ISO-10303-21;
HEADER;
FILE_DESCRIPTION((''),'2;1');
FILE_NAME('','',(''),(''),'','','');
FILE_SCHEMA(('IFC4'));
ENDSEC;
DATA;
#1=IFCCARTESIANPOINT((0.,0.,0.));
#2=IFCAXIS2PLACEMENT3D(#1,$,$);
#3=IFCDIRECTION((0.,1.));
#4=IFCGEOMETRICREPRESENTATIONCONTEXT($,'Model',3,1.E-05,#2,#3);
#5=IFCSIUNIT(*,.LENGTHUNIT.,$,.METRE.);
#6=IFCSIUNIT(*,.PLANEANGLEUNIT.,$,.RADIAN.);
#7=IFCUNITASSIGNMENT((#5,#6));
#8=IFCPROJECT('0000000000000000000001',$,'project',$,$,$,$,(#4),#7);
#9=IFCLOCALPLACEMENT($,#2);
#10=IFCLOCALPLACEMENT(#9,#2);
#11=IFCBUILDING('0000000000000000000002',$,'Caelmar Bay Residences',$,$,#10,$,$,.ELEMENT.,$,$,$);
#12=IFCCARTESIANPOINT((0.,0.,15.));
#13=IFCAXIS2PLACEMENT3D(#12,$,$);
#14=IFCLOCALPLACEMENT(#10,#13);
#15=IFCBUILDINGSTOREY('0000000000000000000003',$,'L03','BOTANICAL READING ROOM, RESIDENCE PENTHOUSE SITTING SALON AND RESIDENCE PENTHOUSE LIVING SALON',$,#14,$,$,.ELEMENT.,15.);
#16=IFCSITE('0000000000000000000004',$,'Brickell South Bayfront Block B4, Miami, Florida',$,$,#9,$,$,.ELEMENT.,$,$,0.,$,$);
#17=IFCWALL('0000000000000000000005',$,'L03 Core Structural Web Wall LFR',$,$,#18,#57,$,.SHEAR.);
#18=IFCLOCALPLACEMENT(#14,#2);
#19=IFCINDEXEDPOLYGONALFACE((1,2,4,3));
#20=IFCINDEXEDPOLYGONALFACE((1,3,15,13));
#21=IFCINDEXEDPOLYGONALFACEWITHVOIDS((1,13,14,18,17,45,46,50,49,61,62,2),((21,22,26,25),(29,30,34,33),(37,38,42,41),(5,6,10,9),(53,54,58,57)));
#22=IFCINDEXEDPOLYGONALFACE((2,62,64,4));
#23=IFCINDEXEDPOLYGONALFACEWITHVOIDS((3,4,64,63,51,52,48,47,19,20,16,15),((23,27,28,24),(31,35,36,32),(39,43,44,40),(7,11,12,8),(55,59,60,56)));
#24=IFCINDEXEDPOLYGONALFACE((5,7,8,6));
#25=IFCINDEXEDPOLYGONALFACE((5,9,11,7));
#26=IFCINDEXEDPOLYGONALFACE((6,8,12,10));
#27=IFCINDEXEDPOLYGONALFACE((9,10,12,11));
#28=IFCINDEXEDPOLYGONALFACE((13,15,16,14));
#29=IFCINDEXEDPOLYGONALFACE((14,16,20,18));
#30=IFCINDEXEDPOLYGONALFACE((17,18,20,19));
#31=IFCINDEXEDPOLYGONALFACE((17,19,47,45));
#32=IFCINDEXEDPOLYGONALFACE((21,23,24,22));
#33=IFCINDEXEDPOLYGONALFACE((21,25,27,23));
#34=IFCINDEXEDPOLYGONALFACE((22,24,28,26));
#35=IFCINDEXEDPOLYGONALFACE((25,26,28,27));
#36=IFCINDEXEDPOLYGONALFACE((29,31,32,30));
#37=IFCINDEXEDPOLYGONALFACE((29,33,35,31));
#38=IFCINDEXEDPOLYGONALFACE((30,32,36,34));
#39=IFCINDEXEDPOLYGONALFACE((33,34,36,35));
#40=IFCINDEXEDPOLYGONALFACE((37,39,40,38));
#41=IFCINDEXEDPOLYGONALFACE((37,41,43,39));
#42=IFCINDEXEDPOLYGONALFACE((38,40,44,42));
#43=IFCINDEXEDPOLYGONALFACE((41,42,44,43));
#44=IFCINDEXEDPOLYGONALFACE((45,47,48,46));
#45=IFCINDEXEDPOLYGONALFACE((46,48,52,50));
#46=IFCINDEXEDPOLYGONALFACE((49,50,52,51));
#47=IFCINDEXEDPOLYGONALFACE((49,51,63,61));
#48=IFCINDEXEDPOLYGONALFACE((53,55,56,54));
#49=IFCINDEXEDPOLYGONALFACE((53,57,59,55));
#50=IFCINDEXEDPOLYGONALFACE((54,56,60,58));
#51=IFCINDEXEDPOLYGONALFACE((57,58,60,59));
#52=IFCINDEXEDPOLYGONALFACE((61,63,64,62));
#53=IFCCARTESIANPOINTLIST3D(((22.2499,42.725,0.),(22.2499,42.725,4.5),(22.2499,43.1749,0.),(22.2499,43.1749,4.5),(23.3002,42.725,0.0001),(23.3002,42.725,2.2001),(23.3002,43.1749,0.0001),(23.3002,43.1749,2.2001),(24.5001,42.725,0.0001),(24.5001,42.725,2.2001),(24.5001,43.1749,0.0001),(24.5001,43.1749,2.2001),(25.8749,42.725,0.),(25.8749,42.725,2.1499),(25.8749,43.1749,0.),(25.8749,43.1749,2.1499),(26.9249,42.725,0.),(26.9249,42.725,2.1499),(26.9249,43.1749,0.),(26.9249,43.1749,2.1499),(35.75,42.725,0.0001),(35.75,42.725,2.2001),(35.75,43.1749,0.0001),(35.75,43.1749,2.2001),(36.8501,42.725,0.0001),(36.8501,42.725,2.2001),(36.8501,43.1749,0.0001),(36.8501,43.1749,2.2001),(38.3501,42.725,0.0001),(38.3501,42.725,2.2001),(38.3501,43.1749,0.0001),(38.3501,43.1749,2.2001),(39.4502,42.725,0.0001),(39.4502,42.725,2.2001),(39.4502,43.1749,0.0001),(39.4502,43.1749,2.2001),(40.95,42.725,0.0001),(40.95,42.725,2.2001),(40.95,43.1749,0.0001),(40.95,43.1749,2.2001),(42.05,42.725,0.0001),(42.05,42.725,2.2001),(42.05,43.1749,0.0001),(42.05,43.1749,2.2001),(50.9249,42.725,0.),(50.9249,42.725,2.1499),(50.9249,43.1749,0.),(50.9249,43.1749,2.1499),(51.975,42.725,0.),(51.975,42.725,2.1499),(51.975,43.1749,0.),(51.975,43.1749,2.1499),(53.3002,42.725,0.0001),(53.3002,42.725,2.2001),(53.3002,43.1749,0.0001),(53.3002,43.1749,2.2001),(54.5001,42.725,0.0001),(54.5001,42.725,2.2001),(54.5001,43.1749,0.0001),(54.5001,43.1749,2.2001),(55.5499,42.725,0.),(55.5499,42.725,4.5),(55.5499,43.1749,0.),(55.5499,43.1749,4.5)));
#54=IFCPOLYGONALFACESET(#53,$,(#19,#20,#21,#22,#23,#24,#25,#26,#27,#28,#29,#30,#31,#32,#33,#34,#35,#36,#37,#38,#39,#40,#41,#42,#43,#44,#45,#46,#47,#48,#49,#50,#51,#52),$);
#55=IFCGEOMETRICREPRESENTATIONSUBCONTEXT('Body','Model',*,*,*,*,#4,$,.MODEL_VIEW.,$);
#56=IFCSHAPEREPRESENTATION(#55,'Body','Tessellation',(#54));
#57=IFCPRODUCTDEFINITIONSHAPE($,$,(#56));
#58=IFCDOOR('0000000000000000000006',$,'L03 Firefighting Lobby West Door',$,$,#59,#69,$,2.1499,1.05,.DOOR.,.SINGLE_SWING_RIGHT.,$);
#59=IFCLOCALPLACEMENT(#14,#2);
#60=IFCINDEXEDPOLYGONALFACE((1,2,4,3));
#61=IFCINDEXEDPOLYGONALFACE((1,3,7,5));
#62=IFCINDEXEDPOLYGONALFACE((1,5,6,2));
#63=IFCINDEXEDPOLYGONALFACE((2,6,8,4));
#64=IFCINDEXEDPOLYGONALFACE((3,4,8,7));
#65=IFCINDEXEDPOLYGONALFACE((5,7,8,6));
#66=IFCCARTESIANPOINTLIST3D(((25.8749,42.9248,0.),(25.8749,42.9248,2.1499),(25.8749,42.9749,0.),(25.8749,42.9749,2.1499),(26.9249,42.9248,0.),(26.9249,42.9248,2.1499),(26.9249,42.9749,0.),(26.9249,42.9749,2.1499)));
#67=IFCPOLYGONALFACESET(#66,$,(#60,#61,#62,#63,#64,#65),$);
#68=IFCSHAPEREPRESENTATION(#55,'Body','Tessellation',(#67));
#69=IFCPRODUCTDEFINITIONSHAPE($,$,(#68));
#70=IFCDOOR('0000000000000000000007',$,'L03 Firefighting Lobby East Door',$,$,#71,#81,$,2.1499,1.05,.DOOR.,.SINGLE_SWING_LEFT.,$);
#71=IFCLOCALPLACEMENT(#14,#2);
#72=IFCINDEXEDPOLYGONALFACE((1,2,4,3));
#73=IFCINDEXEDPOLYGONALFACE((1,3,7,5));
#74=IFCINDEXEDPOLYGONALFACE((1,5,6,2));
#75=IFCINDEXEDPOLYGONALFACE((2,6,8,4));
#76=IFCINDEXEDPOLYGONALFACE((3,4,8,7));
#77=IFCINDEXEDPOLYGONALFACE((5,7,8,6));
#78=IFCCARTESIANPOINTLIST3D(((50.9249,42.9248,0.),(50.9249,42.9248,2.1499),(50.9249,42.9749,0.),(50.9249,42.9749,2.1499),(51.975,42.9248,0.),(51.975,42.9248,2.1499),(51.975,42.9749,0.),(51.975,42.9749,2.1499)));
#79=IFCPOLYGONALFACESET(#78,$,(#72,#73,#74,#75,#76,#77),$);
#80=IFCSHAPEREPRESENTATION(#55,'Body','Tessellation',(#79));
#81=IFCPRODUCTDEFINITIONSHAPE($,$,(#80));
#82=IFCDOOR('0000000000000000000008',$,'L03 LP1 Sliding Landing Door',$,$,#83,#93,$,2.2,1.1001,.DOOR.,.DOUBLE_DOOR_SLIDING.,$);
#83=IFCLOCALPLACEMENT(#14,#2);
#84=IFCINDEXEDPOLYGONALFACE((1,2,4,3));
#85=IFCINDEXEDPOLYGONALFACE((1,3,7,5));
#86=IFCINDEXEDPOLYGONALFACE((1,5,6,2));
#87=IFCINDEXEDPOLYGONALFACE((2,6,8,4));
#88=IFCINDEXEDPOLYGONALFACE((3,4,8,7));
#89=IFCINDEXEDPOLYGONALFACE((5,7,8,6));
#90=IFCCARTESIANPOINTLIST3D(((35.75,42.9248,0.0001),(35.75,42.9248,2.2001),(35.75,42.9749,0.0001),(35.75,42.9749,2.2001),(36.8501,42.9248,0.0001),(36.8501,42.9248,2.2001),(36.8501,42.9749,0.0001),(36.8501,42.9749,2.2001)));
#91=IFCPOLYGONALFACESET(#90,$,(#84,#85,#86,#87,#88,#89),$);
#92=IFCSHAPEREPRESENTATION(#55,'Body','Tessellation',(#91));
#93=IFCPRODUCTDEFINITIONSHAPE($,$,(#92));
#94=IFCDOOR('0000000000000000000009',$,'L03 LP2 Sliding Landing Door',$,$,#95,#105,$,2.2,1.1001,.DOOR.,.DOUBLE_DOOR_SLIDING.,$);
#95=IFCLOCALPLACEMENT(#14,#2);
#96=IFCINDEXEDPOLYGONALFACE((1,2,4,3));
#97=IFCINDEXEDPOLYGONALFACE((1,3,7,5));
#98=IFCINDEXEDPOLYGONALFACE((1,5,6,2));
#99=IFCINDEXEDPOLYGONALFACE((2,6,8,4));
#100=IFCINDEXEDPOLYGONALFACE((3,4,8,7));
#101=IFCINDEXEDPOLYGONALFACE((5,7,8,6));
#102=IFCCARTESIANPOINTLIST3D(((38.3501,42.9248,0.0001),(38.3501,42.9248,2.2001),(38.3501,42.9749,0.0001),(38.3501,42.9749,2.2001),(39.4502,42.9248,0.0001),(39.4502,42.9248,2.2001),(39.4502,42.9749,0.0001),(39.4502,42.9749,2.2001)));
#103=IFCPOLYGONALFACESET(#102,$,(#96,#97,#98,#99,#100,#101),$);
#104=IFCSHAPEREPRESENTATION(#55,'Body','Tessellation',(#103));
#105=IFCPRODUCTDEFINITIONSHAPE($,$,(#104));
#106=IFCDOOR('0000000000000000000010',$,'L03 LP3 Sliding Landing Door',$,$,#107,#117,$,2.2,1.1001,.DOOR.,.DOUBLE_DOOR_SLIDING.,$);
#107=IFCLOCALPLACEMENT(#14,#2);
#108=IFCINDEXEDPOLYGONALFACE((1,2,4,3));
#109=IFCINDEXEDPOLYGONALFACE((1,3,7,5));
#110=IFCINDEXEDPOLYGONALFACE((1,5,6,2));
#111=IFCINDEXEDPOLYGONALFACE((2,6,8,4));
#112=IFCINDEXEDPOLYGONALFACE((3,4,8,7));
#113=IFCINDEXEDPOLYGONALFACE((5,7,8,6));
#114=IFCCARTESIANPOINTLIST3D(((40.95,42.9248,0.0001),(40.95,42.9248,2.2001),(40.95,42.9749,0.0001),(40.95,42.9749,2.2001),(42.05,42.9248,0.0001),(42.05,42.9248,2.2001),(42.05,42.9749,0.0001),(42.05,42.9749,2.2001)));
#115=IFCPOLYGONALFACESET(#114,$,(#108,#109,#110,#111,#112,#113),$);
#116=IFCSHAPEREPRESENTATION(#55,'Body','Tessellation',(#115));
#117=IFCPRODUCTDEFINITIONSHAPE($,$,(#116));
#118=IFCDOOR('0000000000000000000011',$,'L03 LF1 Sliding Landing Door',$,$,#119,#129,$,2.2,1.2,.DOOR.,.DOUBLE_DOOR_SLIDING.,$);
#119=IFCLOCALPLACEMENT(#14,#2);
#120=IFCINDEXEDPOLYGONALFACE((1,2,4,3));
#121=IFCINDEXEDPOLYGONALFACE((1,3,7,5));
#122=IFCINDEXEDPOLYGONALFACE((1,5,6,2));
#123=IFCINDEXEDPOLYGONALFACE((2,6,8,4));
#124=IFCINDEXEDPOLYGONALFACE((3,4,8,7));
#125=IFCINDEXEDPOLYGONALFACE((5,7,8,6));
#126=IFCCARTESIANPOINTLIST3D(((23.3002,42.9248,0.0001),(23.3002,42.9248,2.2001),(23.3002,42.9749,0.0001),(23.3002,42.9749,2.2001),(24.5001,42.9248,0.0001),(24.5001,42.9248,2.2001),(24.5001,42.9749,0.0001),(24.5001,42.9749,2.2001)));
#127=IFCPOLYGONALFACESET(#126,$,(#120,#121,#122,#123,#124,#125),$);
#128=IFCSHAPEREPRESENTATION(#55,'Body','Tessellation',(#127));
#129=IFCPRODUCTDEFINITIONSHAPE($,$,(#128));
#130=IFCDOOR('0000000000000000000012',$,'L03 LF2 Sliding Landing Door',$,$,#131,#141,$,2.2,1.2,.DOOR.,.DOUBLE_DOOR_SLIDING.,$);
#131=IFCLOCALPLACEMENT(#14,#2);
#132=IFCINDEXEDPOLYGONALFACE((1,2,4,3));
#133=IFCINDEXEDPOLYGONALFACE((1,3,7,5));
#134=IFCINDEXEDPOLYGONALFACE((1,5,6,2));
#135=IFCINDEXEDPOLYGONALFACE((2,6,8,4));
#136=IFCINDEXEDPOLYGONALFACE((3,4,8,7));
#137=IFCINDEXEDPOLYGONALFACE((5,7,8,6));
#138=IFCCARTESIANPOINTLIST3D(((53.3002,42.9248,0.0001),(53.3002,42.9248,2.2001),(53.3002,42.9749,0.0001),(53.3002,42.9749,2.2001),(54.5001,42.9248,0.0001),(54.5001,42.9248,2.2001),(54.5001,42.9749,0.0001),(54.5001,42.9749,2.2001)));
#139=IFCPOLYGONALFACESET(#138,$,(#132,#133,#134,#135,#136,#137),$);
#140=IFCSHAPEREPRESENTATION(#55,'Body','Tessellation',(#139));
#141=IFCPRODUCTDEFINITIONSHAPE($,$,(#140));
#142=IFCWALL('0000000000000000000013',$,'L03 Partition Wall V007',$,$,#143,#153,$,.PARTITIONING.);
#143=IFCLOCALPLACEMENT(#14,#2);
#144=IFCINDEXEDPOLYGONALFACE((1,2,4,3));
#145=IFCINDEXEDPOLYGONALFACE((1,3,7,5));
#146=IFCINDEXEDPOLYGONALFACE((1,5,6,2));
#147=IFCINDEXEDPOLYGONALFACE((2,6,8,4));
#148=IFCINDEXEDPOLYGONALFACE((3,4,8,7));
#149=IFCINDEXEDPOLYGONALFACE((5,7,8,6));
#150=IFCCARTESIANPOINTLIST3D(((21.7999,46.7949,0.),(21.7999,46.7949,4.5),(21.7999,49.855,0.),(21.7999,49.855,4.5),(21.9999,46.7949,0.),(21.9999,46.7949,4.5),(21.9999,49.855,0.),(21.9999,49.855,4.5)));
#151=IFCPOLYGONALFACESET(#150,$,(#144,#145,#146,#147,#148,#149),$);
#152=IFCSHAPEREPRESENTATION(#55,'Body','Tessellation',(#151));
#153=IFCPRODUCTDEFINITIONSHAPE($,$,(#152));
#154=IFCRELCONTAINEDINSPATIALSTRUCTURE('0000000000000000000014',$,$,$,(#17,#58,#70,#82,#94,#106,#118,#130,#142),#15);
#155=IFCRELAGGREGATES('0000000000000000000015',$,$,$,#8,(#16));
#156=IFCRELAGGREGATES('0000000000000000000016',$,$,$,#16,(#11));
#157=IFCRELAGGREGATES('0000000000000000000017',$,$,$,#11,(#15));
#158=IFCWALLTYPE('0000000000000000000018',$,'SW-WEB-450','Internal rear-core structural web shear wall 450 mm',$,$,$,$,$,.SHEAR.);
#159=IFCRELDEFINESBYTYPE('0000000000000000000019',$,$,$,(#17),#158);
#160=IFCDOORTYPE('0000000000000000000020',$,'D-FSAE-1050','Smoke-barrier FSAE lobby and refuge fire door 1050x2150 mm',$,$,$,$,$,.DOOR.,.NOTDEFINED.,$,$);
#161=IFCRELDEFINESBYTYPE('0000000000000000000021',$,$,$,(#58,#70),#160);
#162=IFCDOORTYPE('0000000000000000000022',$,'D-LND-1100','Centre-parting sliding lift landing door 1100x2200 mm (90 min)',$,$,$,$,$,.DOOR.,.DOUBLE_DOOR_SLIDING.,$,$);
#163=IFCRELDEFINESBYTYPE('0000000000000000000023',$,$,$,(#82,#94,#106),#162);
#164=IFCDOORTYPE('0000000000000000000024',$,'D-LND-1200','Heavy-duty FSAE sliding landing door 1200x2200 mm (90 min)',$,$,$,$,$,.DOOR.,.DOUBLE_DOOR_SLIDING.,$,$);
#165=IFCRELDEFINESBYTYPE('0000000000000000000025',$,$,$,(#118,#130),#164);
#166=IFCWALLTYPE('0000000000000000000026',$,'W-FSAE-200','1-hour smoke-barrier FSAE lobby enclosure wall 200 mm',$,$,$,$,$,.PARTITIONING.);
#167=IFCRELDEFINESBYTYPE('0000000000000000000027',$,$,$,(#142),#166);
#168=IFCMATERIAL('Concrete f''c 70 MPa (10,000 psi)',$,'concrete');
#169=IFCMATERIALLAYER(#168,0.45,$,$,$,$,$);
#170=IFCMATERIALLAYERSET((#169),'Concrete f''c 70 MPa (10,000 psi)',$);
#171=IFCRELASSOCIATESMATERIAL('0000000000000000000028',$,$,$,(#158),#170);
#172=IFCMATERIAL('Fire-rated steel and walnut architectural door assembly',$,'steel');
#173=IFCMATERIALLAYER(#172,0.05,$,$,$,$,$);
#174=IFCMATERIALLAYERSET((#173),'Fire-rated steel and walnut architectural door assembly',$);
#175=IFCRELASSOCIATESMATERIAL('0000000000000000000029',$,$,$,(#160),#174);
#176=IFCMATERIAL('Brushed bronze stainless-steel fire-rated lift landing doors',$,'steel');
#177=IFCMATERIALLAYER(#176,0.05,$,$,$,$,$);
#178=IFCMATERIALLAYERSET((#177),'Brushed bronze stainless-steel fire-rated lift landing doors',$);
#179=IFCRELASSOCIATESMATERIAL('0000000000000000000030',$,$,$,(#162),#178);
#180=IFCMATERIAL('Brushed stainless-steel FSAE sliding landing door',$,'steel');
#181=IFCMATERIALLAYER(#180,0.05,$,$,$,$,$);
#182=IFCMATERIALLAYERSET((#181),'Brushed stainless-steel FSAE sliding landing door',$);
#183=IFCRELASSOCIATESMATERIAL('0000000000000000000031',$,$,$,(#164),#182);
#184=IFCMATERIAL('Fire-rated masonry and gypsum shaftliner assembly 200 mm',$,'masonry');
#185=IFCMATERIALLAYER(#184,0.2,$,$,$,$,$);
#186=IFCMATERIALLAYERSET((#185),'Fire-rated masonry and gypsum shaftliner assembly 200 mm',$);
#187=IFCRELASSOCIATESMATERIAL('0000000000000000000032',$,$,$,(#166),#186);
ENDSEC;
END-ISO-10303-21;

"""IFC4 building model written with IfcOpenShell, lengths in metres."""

from ifc_helpers import new_model, si_unit, direction, frame, frame_2d, origin, place, context, subcontext, project, spatial, rectangle, extrude, material, layer, layer_set, type_object, element, fill, save


model = new_model("IFC4")

# Units and contexts
model_context = context("Model", 3, precision=1e-05, world=origin(), true_north=direction((0.0, 1.0)))
body_context = subcontext(model_context, "Body", "Model", "MODEL_VIEW")
ifc_project = project(units=[si_unit("LENGTHUNIT", "METRE"), si_unit("PLANEANGLEUNIT", "RADIAN")], contexts=[model_context])

# Site, building, storey
site_placement = place(None, origin())
site = spatial("IfcSite", under=ifc_project, at=site_placement, Name="Brickell South Bayfront Block B4, Miami, Florida", CompositionType="ELEMENT", RefElevation=0.0)
building_placement = place(site_placement, origin())
building = spatial("IfcBuilding", under=site, at=building_placement, Name="Caelmar Bay Residences", CompositionType="ELEMENT")
storey_placement = place(building_placement, frame((0.0, 0.0, 15.0)))
storey = spatial("IfcBuildingStorey", under=building, at=storey_placement, Name="L03", Description="BOTANICAL READING ROOM, RESIDENCE PENTHOUSE SITTING SALON AND RESIDENCE PENTHOUSE LIVING SALON", CompositionType="ELEMENT", Elevation=15.0)

# Shared definitions
ifc_material_1 = material(Name="Fire-rated steel and walnut architectural door assembly", Category="steel")

# Shared definitions
ifc_material_2 = material(Name="Concrete f'c 70 MPa (10,000 psi)", Category="concrete")
ifc_layer_1 = layer(ifc_material_2, 0.45)
ifc_layer_set_1 = layer_set([ifc_layer_1], Name="Concrete f'c 70 MPa (10,000 psi)")
wall_type_1 = type_object("IfcWallType", Name="SW-WEB-450", Description="Internal rear-core structural web shear wall 450 mm", PredefinedType="SHEAR", material=ifc_layer_set_1)

# Wall, openings, doors
wall_1_placement = place(storey_placement, frame((22.25, 42.95, 0.0), z_axis=(0.0, 0.0, 1.0), x_axis=(1.0, 0.0, 0.0)))
wall_1 = element("IfcWall", 1, at=wall_1_placement, inside=storey, type_object=wall_type_1, Name="L03 Core Structural Web Wall LFR", PredefinedType="SHEAR", context=body_context, shape_type="SweptSolid", body=[
    extrude(rectangle(XDim=33.3, YDim=0.45, at=frame_2d((16.6499, 0.0))), origin(), (0.0, 0.0, 1.0), 4.5),
])
opening_1_placement = place(wall_1_placement, frame((1.05, 0.0, 0.0)))
opening_1 = element("IfcOpeningElement", 2, at=opening_1_placement, cuts=wall_1, PredefinedType="OPENING", context=body_context, shape_type="SweptSolid", body=[
    extrude(rectangle(XDim=1.2, YDim=2.2, at=frame_2d((0.6001, 1.1001))), frame((0.0, 0.2349, 0.0), z_axis=(0.0, -1.0, 0.0), x_axis=(1.0, 0.0, 0.0)), (0.0, 0.0, 1.0), 0.47),
])
opening_2_placement = place(wall_1_placement, frame((31.05, 0.0, 0.0)))
opening_2 = element("IfcOpeningElement", 3, at=opening_2_placement, cuts=wall_1, PredefinedType="OPENING", context=body_context, shape_type="SweptSolid", body=[
    extrude(rectangle(XDim=1.2, YDim=2.2, at=frame_2d((0.6001, 1.1001))), frame((0.0, 0.2349, 0.0), z_axis=(0.0, -1.0, 0.0), x_axis=(1.0, 0.0, 0.0)), (0.0, 0.0, 1.0), 0.47),
])
opening_3_placement = place(wall_1_placement, frame((13.5, 0.0, 0.0)))
opening_3 = element("IfcOpeningElement", 4, at=opening_3_placement, cuts=wall_1, PredefinedType="OPENING", context=body_context, shape_type="SweptSolid", body=[
    extrude(rectangle(XDim=1.1001, YDim=2.2, at=frame_2d((0.55, 1.1001))), frame((0.0, 0.2349, 0.0), z_axis=(0.0, -1.0, 0.0), x_axis=(1.0, 0.0, 0.0)), (0.0, 0.0, 1.0), 0.47),
])
opening_4_placement = place(wall_1_placement, frame((16.1001, 0.0, 0.0)))
opening_4 = element("IfcOpeningElement", 5, at=opening_4_placement, cuts=wall_1, PredefinedType="OPENING", context=body_context, shape_type="SweptSolid", body=[
    extrude(rectangle(XDim=1.1001, YDim=2.2, at=frame_2d((0.55, 1.1001))), frame((0.0, 0.2349, 0.0), z_axis=(0.0, -1.0, 0.0), x_axis=(1.0, 0.0, 0.0)), (0.0, 0.0, 1.0), 0.47),
])
opening_5_placement = place(wall_1_placement, frame((18.7, 0.0, 0.0)))
opening_5 = element("IfcOpeningElement", 6, at=opening_5_placement, cuts=wall_1, PredefinedType="OPENING", context=body_context, shape_type="SweptSolid", body=[
    extrude(rectangle(XDim=1.1001, YDim=2.2, at=frame_2d((0.55, 1.1001))), frame((0.0, 0.2349, 0.0), z_axis=(0.0, -1.0, 0.0), x_axis=(1.0, 0.0, 0.0)), (0.0, 0.0, 1.0), 0.47),
])
opening_6_placement = place(wall_1_placement, frame((3.625, 0.0, 0.0)))
opening_6 = element("IfcOpeningElement", 7, at=opening_6_placement, cuts=wall_1, PredefinedType="OPENING", context=body_context, shape_type="SweptSolid", body=[
    extrude(rectangle(XDim=1.05, YDim=2.1499, at=frame_2d((0.5249, 1.075))), frame((0.0, 0.2349, 0.0), z_axis=(0.0, -1.0, 0.0), x_axis=(1.0, 0.0, 0.0)), (0.0, 0.0, 1.0), 0.47),
])
opening_7_placement = place(wall_1_placement, frame((28.675, 0.0, 0.0)))
opening_7 = element("IfcOpeningElement", 8, at=opening_7_placement, cuts=wall_1, PredefinedType="OPENING", context=body_context, shape_type="SweptSolid", body=[
    extrude(rectangle(XDim=1.05, YDim=2.1499, at=frame_2d((0.5249, 1.075))), frame((0.0, 0.2349, 0.0), z_axis=(0.0, -1.0, 0.0), x_axis=(1.0, 0.0, 0.0)), (0.0, 0.0, 1.0), 0.47),
])
ifc_layer_2 = layer(ifc_material_1, 0.05)
ifc_layer_set_2 = layer_set([ifc_layer_2], Name="Fire-rated steel and walnut architectural door assembly")
door_type_1 = type_object("IfcDoorType", Name="D-FSAE-1050", Description="Smoke-barrier FSAE lobby and refuge fire door 1050x2150 mm", OperationType="NOTDEFINED", PredefinedType="DOOR", material=ifc_layer_set_2)
door_1_placement = place(opening_6_placement, origin())
door_1 = element("IfcDoor", 9, at=door_1_placement, inside=storey, type_object=door_type_1, Name="L03 Firefighting Lobby West Door", OperationType="SINGLE_SWING_RIGHT", OverallHeight=2.1499, OverallWidth=1.05, PredefinedType="DOOR", context=body_context, shape_type="SweptSolid", body=[
    extrude(rectangle(XDim=1.05, YDim=2.1499, at=frame_2d((0.5249, 1.075))), frame((0.0, 0.0249, 0.0), z_axis=(0.0, -1.0, 0.0), x_axis=(1.0, 0.0, 0.0)), (0.0, 0.0, 1.0), 0.05),
])
fill(opening_6, door_1)
door_2_placement = place(opening_7_placement, origin())
door_2 = element("IfcDoor", 10, at=door_2_placement, inside=storey, type_object=door_type_1, Name="L03 Firefighting Lobby East Door", OperationType="SINGLE_SWING_LEFT", OverallHeight=2.1499, OverallWidth=1.05, PredefinedType="DOOR", context=body_context, shape_type="SweptSolid", body=[
    extrude(rectangle(XDim=1.05, YDim=2.1499, at=frame_2d((0.5249, 1.075))), frame((0.0, 0.0249, 0.0), z_axis=(0.0, -1.0, 0.0), x_axis=(1.0, 0.0, 0.0)), (0.0, 0.0, 1.0), 0.05),
])
fill(opening_7, door_2)
ifc_material_3 = material(Name="Brushed bronze stainless-steel fire-rated lift landing doors", Category="steel")
ifc_layer_3 = layer(ifc_material_3, 0.05)
ifc_layer_set_3 = layer_set([ifc_layer_3], Name="Brushed bronze stainless-steel fire-rated lift landing doors")
door_type_2 = type_object("IfcDoorType", Name="D-LND-1100", Description="Centre-parting sliding lift landing door 1100x2200 mm (90 min)", OperationType="DOUBLE_DOOR_SLIDING", PredefinedType="DOOR", material=ifc_layer_set_3)
door_3_placement = place(opening_3_placement, origin())
door_3 = element("IfcDoor", 11, at=door_3_placement, inside=storey, type_object=door_type_2, Name="L03 LP1 Sliding Landing Door", OperationType="DOUBLE_DOOR_SLIDING", OverallHeight=2.2, OverallWidth=1.1001, PredefinedType="DOOR", context=body_context, shape_type="SweptSolid", body=[
    extrude(rectangle(XDim=1.1001, YDim=2.2, at=frame_2d((0.55, 1.1001))), frame((0.0, 0.0249, 0.0), z_axis=(0.0, -1.0, 0.0), x_axis=(1.0, 0.0, 0.0)), (0.0, 0.0, 1.0), 0.05),
])
fill(opening_3, door_3)
door_4_placement = place(opening_4_placement, origin())
door_4 = element("IfcDoor", 12, at=door_4_placement, inside=storey, type_object=door_type_2, Name="L03 LP2 Sliding Landing Door", OperationType="DOUBLE_DOOR_SLIDING", OverallHeight=2.2, OverallWidth=1.1001, PredefinedType="DOOR", context=body_context, shape_type="SweptSolid", body=[
    extrude(rectangle(XDim=1.1001, YDim=2.2, at=frame_2d((0.55, 1.1001))), frame((0.0, 0.0249, 0.0), z_axis=(0.0, -1.0, 0.0), x_axis=(1.0, 0.0, 0.0)), (0.0, 0.0, 1.0), 0.05),
])
fill(opening_4, door_4)
door_5_placement = place(opening_5_placement, origin())
door_5 = element("IfcDoor", 13, at=door_5_placement, inside=storey, type_object=door_type_2, Name="L03 LP3 Sliding Landing Door", OperationType="DOUBLE_DOOR_SLIDING", OverallHeight=2.2, OverallWidth=1.1001, PredefinedType="DOOR", context=body_context, shape_type="SweptSolid", body=[
    extrude(rectangle(XDim=1.1001, YDim=2.2, at=frame_2d((0.55, 1.1001))), frame((0.0, 0.0249, 0.0), z_axis=(0.0, -1.0, 0.0), x_axis=(1.0, 0.0, 0.0)), (0.0, 0.0, 1.0), 0.05),
])
fill(opening_5, door_5)
ifc_material_4 = material(Name="Brushed stainless-steel FSAE sliding landing door", Category="steel")
ifc_layer_4 = layer(ifc_material_4, 0.05)
ifc_layer_set_4 = layer_set([ifc_layer_4], Name="Brushed stainless-steel FSAE sliding landing door")
door_type_3 = type_object("IfcDoorType", Name="D-LND-1200", Description="Heavy-duty FSAE sliding landing door 1200x2200 mm (90 min)", OperationType="DOUBLE_DOOR_SLIDING", PredefinedType="DOOR", material=ifc_layer_set_4)
door_6_placement = place(opening_1_placement, origin())
door_6 = element("IfcDoor", 14, at=door_6_placement, inside=storey, type_object=door_type_3, Name="L03 LF1 Sliding Landing Door", OperationType="DOUBLE_DOOR_SLIDING", OverallHeight=2.2, OverallWidth=1.2, PredefinedType="DOOR", context=body_context, shape_type="SweptSolid", body=[
    extrude(rectangle(XDim=1.2, YDim=2.2, at=frame_2d((0.6001, 1.1001))), frame((0.0, 0.0249, 0.0), z_axis=(0.0, -1.0, 0.0), x_axis=(1.0, 0.0, 0.0)), (0.0, 0.0, 1.0), 0.05),
])
fill(opening_1, door_6)
door_7_placement = place(opening_2_placement, origin())
door_7 = element("IfcDoor", 15, at=door_7_placement, inside=storey, type_object=door_type_3, Name="L03 LF2 Sliding Landing Door", OperationType="DOUBLE_DOOR_SLIDING", OverallHeight=2.2, OverallWidth=1.2, PredefinedType="DOOR", context=body_context, shape_type="SweptSolid", body=[
    extrude(rectangle(XDim=1.2, YDim=2.2, at=frame_2d((0.6001, 1.1001))), frame((0.0, 0.0249, 0.0), z_axis=(0.0, -1.0, 0.0), x_axis=(1.0, 0.0, 0.0)), (0.0, 0.0, 1.0), 0.05),
])
fill(opening_2, door_7)

# Wall
ifc_material_5 = material(Name="Fire-rated masonry and gypsum shaftliner assembly 200 mm", Category="masonry")
ifc_layer_5 = layer(ifc_material_5, 0.2)
ifc_layer_set_5 = layer_set([ifc_layer_5], Name="Fire-rated masonry and gypsum shaftliner assembly 200 mm")
wall_type_2 = type_object("IfcWallType", Name="W-FSAE-200", Description="1-hour smoke-barrier FSAE lobby enclosure wall 200 mm", PredefinedType="PARTITIONING", material=ifc_layer_set_5)
wall_2_placement = place(storey_placement, frame((21.8999, 46.7949, 0.0), z_axis=(0.0, 0.0, 1.0), x_axis=(0.0, 1.0, 0.0)))
element("IfcWall", 16, at=wall_2_placement, inside=storey, type_object=wall_type_2, Name="L03 Partition Wall V007", PredefinedType="PARTITIONING", context=body_context, shape_type="SweptSolid", body=[
    extrude(rectangle(XDim=3.0601, YDim=0.2, at=frame_2d((1.53, 0.0))), origin(), (0.0, 0.0, 1.0), 4.5),
])

save(model, "model.ifc")
